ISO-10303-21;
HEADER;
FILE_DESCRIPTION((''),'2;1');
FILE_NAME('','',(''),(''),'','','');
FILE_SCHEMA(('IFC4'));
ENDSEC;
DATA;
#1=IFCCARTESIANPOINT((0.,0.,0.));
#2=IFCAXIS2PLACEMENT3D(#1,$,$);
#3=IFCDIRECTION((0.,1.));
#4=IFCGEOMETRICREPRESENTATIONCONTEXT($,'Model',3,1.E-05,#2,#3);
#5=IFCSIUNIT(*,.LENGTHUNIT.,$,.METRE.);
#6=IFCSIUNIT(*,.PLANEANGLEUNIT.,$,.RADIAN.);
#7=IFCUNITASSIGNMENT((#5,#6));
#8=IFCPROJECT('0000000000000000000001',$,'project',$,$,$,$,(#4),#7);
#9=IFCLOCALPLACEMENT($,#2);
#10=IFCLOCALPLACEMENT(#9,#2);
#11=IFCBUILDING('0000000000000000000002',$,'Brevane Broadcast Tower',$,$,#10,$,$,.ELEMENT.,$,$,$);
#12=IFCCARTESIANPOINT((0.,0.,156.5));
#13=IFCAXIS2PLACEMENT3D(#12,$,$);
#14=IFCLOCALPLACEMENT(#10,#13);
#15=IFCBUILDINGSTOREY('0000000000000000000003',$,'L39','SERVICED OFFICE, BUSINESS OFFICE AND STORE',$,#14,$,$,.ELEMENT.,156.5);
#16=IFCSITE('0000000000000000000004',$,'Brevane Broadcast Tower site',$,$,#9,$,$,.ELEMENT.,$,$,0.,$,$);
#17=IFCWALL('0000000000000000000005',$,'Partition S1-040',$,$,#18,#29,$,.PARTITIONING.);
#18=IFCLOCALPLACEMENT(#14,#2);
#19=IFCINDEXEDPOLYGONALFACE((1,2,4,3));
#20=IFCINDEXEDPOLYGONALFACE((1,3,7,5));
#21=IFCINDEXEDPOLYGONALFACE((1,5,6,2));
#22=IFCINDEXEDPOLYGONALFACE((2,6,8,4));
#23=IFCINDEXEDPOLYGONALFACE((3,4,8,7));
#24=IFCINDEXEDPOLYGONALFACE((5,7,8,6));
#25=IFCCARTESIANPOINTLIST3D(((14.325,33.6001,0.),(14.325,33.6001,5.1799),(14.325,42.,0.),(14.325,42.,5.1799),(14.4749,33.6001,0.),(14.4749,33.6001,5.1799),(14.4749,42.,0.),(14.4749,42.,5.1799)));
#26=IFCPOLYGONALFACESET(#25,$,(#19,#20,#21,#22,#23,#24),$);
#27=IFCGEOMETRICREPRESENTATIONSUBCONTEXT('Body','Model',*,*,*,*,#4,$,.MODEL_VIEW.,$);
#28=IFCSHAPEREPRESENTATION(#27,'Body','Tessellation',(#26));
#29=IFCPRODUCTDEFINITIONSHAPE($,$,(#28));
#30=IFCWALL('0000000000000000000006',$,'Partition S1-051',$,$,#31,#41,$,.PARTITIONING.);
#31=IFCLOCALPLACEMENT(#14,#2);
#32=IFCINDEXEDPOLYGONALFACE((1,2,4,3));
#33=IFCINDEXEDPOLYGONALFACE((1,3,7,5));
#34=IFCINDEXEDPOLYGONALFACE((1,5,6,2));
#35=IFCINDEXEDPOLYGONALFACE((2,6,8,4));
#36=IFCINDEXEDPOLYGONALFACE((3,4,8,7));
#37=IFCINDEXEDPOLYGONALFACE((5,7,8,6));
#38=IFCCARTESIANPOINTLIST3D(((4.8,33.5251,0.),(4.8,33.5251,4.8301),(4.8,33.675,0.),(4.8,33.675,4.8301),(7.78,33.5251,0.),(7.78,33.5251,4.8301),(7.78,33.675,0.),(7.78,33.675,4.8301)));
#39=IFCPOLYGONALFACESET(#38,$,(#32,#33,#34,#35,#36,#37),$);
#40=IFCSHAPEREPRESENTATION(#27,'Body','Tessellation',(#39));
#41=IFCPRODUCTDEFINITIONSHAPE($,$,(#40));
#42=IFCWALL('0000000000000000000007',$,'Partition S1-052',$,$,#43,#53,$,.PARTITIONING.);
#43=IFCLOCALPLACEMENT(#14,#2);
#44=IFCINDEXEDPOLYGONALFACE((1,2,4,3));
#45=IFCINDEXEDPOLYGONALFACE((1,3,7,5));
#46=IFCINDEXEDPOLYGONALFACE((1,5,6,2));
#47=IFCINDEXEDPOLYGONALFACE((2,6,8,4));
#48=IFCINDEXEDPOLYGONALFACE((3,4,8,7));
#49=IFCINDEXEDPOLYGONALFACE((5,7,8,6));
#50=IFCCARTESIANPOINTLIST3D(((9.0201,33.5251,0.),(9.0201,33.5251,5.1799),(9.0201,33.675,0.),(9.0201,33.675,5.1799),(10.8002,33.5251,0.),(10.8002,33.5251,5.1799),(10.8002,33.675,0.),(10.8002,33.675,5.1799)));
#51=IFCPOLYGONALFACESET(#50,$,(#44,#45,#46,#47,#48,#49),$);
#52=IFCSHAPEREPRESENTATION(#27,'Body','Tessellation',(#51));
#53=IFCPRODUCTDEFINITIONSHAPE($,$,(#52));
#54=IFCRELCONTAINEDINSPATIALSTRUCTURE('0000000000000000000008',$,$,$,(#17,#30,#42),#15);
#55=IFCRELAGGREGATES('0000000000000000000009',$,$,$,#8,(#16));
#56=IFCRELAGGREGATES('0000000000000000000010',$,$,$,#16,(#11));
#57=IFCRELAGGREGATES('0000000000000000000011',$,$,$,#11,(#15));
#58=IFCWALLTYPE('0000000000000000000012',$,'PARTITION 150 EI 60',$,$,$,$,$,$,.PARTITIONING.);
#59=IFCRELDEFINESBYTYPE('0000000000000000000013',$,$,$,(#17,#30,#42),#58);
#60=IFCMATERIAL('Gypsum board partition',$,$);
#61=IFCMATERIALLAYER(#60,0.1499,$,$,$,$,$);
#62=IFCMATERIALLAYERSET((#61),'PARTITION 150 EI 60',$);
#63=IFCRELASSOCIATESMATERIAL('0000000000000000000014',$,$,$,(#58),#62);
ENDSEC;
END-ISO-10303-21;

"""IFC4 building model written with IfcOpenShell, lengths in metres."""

from ifc_helpers import new_model, si_unit, direction, frame, frame_2d, origin, place, context, subcontext, project, spatial, rectangle, extrude, material, layer, layer_set, type_object, element, save


model = new_model("IFC4")

# Units and contexts
model_context = context("Model", 3, precision=1e-05, world=origin(), true_north=direction((0.0, 1.0)))
body_context = subcontext(model_context, "Body", "Model", "MODEL_VIEW")
ifc_project = project(units=[si_unit("LENGTHUNIT", "METRE"), si_unit("PLANEANGLEUNIT", "RADIAN")], contexts=[model_context])

# Site, building, storey
site_placement = place(None, origin())
site = spatial("IfcSite", under=ifc_project, at=site_placement, Name="Brevane Broadcast Tower site", CompositionType="ELEMENT", RefElevation=0.0)
building_placement = place(site_placement, origin())
building = spatial("IfcBuilding", under=site, at=building_placement, Name="Brevane Broadcast Tower", CompositionType="ELEMENT")
storey_placement = place(building_placement, frame((0.0, 0.0, 156.5)))
storey = spatial("IfcBuildingStorey", under=building, at=storey_placement, Name="L39", Description="SERVICED OFFICE, BUSINESS OFFICE AND STORE", CompositionType="ELEMENT", Elevation=156.5)

# Shared definitions
ifc_material_1 = material(Name="Gypsum board partition")
ifc_layer_1 = layer(ifc_material_1, 0.1499)
ifc_layer_set_1 = layer_set([ifc_layer_1], Name="PARTITION 150 EI 60")
wall_type_1 = type_object("IfcWallType", Name="PARTITION 150 EI 60", PredefinedType="PARTITIONING", material=ifc_layer_set_1)

# Walls
wall_1_placement = place(storey_placement, frame((14.3999, 42.0, 0.0), z_axis=(0.0, 0.0, 1.0), x_axis=(0.0, -1.0, 0.0)))
element("IfcWall", 1, at=wall_1_placement, inside=storey, type_object=wall_type_1, Name="Partition S1-040", PredefinedType="PARTITIONING", context=body_context, shape_type="SweptSolid", body=[
    extrude(rectangle(XDim=8.3999, YDim=0.1499, at=frame_2d((4.2, 0.0))), origin(), (0.0, 0.0, 1.0), 5.1799),
])
wall_2_placement = place(storey_placement, frame((4.8, 33.6001, 0.0), z_axis=(0.0, 0.0, 1.0), x_axis=(1.0, 0.0, 0.0)))
element("IfcWall", 2, at=wall_2_placement, inside=storey, type_object=wall_type_1, Name="Partition S1-051", PredefinedType="PARTITIONING", context=body_context, shape_type="SweptSolid", body=[
    extrude(rectangle(XDim=2.98, YDim=0.1499, at=frame_2d((1.49, 0.0))), origin(), (0.0, 0.0, 1.0), 4.8301),
])
wall_3_placement = place(storey_placement, frame((9.02, 33.6001, 0.0), z_axis=(0.0, 0.0, 1.0), x_axis=(1.0, 0.0, 0.0)))
element("IfcWall", 3, at=wall_3_placement, inside=storey, type_object=wall_type_1, Name="Partition S1-052", PredefinedType="PARTITIONING", context=body_context, shape_type="SweptSolid", body=[
    extrude(rectangle(XDim=1.78, YDim=0.1499, at=frame_2d((0.8901, 0.0))), origin(), (0.0, 0.0, 1.0), 5.1799),
])

save(model, "model.ifc")
